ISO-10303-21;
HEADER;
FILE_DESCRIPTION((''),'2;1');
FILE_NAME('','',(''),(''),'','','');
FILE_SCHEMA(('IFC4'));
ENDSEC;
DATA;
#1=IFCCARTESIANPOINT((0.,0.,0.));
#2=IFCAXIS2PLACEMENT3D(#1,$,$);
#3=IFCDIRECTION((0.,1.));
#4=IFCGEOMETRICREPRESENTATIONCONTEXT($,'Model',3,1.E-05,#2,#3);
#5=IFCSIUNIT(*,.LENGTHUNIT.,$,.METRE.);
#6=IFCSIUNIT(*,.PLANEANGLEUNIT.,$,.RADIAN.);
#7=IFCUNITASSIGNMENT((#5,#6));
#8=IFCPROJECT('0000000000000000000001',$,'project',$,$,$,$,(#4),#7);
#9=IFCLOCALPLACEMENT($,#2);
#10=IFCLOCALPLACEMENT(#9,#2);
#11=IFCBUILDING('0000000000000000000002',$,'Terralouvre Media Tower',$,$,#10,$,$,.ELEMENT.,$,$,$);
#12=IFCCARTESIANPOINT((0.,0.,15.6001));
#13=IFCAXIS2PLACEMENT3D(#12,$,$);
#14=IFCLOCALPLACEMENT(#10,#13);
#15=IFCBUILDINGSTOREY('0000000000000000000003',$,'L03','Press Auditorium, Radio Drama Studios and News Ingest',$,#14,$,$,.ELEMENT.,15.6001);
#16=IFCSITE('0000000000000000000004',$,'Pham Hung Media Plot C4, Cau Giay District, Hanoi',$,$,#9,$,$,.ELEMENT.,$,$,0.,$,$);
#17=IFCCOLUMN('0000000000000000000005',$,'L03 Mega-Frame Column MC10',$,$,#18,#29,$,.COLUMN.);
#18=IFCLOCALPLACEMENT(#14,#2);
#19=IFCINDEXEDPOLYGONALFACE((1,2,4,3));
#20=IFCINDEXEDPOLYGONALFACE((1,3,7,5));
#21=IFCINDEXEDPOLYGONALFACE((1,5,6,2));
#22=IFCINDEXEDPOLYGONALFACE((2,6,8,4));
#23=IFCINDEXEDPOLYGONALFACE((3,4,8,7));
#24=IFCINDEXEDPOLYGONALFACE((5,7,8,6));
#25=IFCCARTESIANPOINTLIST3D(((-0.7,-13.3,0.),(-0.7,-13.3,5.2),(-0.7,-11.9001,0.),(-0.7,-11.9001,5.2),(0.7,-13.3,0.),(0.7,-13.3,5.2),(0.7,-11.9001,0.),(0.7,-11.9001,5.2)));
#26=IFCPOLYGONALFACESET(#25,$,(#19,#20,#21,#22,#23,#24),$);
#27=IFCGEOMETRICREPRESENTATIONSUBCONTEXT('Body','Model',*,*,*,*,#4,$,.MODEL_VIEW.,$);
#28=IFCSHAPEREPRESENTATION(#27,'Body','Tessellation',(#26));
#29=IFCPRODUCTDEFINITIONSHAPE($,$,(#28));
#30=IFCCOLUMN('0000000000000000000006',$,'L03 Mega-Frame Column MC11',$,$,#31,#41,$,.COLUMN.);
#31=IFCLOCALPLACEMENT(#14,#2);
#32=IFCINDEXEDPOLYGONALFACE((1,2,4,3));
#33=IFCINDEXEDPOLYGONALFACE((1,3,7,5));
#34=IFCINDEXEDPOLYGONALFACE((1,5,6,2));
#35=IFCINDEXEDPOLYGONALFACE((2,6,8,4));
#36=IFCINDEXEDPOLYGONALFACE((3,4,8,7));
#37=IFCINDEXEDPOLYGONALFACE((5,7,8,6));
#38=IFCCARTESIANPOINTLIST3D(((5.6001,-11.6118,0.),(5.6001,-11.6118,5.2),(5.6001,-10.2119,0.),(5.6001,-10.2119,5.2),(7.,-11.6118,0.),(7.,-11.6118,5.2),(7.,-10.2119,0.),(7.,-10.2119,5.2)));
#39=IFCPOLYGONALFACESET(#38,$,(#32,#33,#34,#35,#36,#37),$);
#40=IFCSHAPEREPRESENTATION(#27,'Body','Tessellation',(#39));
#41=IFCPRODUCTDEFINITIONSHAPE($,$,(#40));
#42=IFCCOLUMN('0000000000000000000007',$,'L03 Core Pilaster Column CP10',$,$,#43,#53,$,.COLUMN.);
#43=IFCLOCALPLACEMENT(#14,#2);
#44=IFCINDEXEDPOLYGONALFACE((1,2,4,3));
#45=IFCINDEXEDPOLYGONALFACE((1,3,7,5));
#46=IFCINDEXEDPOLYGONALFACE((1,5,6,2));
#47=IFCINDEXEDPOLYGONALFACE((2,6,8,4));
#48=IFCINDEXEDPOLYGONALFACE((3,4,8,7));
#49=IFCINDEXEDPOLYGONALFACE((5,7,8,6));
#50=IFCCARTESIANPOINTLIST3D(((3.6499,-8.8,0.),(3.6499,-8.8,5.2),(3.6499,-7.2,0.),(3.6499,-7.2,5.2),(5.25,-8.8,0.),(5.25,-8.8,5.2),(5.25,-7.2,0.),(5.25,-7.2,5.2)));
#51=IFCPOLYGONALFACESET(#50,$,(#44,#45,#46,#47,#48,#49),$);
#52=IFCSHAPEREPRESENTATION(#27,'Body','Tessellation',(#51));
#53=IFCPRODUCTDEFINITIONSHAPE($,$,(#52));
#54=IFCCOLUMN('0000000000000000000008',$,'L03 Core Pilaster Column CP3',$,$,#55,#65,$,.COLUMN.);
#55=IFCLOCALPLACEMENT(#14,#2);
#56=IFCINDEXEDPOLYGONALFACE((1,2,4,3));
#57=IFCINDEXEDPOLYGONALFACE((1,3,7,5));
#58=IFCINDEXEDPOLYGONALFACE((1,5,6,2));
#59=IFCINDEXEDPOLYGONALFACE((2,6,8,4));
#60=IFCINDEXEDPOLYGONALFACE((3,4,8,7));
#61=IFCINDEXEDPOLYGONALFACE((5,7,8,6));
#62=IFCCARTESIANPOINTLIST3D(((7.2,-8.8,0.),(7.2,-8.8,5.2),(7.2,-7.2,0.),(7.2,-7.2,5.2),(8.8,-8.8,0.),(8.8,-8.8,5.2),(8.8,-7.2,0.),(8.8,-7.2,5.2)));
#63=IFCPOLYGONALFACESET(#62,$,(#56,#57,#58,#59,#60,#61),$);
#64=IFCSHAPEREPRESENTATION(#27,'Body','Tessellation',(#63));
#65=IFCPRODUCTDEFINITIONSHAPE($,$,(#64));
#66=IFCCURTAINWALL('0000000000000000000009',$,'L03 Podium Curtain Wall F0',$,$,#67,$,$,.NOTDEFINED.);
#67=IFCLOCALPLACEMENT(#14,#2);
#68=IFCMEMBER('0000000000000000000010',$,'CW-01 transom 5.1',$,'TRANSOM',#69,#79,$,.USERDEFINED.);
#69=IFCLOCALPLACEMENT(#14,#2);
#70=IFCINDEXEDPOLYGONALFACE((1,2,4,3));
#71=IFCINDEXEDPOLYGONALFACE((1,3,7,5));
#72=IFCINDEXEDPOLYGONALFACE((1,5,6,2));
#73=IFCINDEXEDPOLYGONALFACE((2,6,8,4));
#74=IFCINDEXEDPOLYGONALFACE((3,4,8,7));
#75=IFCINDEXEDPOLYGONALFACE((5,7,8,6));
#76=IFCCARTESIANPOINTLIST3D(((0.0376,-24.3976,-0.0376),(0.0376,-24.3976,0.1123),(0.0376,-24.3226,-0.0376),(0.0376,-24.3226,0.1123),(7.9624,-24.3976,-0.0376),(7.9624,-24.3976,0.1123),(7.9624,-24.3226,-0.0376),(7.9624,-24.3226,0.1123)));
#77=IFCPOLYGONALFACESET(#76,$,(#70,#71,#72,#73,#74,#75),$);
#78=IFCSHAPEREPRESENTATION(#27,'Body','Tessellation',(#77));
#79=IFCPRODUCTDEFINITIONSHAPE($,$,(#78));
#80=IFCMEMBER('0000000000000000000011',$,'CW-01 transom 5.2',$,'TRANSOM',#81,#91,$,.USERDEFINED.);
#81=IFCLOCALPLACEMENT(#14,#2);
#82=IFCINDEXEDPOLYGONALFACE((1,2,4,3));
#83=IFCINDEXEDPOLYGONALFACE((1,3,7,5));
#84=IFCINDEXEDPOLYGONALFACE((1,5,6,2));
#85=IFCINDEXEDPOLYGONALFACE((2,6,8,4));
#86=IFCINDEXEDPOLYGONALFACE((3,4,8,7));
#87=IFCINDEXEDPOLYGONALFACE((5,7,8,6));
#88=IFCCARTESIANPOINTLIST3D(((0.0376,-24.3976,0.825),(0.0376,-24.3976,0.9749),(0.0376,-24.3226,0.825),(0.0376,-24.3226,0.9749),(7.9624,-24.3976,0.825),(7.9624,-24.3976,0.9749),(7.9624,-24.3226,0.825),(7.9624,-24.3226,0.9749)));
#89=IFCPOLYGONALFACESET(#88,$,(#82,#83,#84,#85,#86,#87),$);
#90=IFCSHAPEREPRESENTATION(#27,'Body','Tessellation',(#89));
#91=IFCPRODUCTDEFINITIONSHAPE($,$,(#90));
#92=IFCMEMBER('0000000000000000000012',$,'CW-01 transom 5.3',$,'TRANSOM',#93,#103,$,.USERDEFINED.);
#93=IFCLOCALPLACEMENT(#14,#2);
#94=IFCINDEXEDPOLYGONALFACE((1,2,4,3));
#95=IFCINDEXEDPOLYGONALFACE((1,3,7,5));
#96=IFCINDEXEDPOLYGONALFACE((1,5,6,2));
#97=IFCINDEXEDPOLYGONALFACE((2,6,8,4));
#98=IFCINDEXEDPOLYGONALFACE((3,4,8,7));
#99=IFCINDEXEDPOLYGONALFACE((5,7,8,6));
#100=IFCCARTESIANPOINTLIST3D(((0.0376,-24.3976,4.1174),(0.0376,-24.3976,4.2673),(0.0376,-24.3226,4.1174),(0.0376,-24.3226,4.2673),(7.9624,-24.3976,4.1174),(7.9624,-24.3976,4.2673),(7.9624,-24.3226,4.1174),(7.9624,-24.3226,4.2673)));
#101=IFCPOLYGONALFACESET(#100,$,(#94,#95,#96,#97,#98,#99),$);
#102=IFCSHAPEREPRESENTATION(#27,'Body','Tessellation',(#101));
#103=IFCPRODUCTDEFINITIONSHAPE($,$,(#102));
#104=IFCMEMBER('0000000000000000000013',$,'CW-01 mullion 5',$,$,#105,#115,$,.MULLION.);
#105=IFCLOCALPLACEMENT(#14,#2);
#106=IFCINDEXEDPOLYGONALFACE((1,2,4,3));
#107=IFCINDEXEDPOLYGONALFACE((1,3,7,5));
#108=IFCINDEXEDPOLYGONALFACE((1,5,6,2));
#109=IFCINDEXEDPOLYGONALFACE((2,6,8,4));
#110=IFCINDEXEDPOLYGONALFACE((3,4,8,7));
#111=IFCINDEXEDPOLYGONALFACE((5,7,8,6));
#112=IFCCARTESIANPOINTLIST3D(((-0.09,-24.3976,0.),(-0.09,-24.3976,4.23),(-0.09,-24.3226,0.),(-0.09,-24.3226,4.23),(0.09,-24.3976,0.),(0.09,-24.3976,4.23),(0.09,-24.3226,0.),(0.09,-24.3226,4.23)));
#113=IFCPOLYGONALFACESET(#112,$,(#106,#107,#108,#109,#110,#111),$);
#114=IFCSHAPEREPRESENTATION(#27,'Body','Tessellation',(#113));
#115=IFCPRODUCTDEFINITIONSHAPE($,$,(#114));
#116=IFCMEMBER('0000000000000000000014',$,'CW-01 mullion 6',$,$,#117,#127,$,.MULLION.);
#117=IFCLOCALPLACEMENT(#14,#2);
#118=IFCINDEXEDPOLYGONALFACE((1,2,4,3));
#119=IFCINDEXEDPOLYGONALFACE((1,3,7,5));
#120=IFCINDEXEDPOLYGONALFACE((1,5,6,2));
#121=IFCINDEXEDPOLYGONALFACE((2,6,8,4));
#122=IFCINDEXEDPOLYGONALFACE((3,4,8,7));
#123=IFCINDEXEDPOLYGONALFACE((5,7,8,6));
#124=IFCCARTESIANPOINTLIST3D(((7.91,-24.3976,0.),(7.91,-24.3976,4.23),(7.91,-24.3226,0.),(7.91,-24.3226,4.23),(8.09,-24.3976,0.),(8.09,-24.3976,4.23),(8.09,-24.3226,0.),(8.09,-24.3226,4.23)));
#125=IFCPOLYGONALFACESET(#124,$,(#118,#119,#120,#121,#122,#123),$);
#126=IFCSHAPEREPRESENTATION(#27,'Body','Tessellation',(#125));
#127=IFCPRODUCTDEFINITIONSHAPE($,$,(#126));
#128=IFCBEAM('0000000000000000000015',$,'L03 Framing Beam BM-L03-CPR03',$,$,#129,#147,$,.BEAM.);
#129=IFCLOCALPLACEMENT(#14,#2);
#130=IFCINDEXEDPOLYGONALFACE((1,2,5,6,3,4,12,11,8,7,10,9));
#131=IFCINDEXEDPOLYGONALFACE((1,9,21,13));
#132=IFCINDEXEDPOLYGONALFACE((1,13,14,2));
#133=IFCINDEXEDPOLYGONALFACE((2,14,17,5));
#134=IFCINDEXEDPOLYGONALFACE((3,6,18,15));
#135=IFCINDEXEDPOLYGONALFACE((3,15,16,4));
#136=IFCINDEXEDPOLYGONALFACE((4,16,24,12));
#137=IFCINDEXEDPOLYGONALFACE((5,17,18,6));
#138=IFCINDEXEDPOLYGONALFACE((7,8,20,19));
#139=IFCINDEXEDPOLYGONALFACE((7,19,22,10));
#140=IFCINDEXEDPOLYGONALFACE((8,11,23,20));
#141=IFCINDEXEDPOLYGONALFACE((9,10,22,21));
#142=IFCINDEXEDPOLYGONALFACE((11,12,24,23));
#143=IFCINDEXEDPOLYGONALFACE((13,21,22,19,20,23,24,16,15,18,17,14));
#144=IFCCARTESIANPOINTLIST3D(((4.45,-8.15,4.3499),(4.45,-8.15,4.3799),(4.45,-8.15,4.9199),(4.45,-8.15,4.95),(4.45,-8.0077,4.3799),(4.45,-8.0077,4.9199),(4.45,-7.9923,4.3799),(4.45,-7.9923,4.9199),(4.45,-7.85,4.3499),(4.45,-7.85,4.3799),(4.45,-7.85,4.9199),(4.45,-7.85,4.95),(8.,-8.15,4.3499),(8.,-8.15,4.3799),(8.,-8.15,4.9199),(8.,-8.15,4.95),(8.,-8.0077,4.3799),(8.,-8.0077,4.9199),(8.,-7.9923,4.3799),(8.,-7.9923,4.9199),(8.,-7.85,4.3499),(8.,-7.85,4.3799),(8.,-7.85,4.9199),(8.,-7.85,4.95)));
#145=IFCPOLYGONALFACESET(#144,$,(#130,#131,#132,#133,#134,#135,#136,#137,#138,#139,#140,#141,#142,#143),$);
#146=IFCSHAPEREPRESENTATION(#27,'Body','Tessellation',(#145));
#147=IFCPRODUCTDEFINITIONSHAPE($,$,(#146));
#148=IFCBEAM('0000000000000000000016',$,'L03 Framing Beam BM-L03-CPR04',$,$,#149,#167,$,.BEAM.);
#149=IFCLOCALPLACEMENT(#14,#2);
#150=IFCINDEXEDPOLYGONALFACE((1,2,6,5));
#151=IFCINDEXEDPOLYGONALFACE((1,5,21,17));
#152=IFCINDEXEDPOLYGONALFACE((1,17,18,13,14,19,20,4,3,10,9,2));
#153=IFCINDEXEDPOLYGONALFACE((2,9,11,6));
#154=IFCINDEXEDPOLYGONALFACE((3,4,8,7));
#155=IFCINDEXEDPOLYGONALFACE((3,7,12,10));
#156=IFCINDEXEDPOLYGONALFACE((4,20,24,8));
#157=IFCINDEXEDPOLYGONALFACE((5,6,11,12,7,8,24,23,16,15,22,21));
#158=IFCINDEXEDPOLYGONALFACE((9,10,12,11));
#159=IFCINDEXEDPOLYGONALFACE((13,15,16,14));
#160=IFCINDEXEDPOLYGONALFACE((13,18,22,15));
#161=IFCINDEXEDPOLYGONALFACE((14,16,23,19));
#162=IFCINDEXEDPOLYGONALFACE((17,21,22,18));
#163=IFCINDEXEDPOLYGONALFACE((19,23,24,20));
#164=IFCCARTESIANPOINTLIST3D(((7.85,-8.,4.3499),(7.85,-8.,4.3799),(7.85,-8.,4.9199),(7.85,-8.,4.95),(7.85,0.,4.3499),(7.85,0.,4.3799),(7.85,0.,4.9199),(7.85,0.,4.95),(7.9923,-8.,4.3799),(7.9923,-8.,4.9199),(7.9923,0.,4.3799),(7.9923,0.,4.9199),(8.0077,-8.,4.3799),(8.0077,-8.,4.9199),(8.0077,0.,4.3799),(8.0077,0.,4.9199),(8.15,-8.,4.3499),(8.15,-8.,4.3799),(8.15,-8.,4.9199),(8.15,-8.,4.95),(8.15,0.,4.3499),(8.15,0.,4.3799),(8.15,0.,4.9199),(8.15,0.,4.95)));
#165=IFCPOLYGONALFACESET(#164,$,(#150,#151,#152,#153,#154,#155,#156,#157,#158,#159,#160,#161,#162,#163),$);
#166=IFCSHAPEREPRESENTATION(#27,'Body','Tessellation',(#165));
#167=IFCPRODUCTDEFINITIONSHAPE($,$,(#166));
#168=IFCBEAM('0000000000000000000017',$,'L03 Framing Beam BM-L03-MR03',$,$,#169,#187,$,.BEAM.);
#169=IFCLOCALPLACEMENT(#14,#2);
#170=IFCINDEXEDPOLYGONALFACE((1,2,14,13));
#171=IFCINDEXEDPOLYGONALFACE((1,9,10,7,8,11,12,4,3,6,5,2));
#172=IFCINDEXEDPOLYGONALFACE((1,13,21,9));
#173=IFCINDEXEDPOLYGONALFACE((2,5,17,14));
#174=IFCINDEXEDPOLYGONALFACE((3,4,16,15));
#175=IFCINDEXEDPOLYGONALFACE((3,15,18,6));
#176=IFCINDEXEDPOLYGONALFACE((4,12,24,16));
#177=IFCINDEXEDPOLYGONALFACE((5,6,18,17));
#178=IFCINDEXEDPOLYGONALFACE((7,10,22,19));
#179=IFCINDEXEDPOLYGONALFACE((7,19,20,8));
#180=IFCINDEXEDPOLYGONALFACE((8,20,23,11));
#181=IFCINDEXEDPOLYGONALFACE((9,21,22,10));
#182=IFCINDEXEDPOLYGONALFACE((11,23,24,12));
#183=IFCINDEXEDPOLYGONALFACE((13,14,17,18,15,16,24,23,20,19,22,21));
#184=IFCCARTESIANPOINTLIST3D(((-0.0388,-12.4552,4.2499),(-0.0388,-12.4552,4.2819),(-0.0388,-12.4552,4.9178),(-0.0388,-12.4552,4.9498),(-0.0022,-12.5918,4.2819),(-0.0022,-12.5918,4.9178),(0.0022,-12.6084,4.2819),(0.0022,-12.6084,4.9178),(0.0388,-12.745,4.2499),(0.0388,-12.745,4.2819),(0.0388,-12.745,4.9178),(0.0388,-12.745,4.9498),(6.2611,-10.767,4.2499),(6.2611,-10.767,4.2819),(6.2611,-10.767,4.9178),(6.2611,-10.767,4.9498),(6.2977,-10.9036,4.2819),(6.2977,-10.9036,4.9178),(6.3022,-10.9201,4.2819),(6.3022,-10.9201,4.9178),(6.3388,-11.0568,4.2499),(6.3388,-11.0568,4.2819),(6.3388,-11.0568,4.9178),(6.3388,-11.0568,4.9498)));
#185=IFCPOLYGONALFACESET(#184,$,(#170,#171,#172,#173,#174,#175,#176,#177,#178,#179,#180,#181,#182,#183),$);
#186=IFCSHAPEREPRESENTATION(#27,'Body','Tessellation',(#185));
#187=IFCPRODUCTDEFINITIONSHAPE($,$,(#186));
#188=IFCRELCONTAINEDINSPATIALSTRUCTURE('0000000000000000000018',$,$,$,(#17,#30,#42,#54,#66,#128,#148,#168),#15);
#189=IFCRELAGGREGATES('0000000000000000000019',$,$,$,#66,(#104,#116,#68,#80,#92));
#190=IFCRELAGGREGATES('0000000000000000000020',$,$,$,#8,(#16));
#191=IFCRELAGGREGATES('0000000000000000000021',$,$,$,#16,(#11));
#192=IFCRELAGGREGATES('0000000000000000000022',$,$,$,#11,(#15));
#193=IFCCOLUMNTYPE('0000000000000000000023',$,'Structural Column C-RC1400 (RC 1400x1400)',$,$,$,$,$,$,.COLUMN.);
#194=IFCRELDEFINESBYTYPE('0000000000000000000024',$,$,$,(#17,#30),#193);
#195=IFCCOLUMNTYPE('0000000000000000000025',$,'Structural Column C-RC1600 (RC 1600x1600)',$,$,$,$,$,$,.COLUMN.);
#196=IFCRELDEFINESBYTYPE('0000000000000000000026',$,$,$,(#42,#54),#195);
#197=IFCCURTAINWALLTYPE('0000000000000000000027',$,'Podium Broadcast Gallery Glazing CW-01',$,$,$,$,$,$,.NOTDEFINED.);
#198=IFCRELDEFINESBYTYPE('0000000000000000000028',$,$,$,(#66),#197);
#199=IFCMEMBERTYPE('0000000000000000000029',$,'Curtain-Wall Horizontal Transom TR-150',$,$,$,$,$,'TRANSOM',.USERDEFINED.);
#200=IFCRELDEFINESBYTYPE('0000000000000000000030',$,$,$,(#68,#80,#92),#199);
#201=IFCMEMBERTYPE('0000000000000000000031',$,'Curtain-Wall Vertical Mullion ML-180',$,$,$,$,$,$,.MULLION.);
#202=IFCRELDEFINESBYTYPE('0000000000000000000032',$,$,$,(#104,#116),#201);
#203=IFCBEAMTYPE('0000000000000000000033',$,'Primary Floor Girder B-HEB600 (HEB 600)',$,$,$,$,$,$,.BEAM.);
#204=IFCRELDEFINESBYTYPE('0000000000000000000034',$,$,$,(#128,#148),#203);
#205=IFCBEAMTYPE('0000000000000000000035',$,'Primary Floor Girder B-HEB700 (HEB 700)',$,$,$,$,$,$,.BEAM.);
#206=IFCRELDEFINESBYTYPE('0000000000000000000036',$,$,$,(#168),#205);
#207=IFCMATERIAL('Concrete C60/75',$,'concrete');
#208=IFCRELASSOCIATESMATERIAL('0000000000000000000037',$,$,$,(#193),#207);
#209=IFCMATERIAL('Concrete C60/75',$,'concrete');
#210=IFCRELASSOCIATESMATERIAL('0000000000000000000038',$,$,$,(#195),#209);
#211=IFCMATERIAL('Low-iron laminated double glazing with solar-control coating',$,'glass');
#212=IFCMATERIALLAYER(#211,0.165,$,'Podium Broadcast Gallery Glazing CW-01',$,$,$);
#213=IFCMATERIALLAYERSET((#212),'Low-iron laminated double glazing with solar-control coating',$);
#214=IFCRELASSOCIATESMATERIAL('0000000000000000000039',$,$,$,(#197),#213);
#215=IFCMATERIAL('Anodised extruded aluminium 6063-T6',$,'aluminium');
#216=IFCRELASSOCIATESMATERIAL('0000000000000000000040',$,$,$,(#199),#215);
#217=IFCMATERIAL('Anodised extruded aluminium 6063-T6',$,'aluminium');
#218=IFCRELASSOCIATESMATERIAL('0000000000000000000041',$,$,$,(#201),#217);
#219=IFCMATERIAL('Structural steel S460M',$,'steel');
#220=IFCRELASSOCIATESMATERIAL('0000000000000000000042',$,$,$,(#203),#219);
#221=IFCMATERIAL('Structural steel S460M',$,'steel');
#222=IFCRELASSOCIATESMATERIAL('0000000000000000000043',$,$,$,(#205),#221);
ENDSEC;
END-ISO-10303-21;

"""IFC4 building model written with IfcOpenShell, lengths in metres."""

from ifc_helpers import new_model, si_unit, direction, frame, origin, origin_2d, place, context, subcontext, project, spatial, rectangle, i_section, extrude, material, layer, layer_set, material_profile, profile_set, type_object, element, aggregate, save


model = new_model("IFC4")

# Units and contexts
model_context = context("Model", 3, precision=1e-05, world=origin(), true_north=direction((0.0, 1.0)))
body_context = subcontext(model_context, "Body", "Model", "MODEL_VIEW")
ifc_project = project(units=[si_unit("LENGTHUNIT", "METRE"), si_unit("PLANEANGLEUNIT", "RADIAN")], contexts=[model_context])

# Site, building, storey
site_placement = place(None, origin())
site = spatial("IfcSite", under=ifc_project, at=site_placement, Name="Pham Hung Media Plot C4, Cau Giay District, Hanoi", CompositionType="ELEMENT", RefElevation=0.0)
building_placement = place(site_placement, origin())
building = spatial("IfcBuilding", under=site, at=building_placement, Name="Terralouvre Media Tower", CompositionType="ELEMENT")
storey_placement = place(building_placement, frame((0.0, 0.0, 15.6001)))
storey = spatial("IfcBuildingStorey", under=building, at=storey_placement, Name="L03", Description="Press Auditorium, Radio Drama Studios and News Ingest", CompositionType="ELEMENT", Elevation=15.6001)

# Columns
ifc_material_1 = material(Name="Concrete C60/75", Category="concrete")
ifc_material_profile_1 = material_profile(ifc_material_1, rectangle(XDim=1.3999, YDim=1.3999, at=origin_2d()), Name="RC 1400x1400")
ifc_profile_set_1 = profile_set([ifc_material_profile_1], Name="Concrete C60/75")
column_type_1 = type_object("IfcColumnType", Name="Structural Column C-RC1400 (RC 1400x1400)", PredefinedType="COLUMN", material=ifc_profile_set_1)
for number, where, z_axis, x_axis, name in (
    (1, (0.0, -12.6001, 0.0), (0.0, 0.0, 1.0), (1.0, 0.0, 0.0), "L03 Mega-Frame Column MC10"),
    (2, (6.3, -10.9119, 0.0), (0.0, 0.0, 1.0), (1.0, 0.0, 0.0), "L03 Mega-Frame Column MC11"),
):
    element("IfcColumn", number, at=place(storey_placement, frame(where, z_axis=z_axis, x_axis=x_axis)), inside=storey, type_object=column_type_1, Name=name, PredefinedType="COLUMN", context=body_context, shape_type="SweptSolid", body=[
        extrude(rectangle(XDim=1.3999, YDim=1.3999, at=origin_2d()), origin(), (0.0, 0.0, 1.0), 5.2),
    ])
ifc_material_2 = material(Name="Concrete C60/75", Category="concrete")
ifc_material_profile_2 = material_profile(ifc_material_2, rectangle(XDim=1.6001, YDim=1.6001, at=origin_2d()), Name="RC 1600x1600")
ifc_profile_set_2 = profile_set([ifc_material_profile_2], Name="Concrete C60/75")
column_type_2 = type_object("IfcColumnType", Name="Structural Column C-RC1600 (RC 1600x1600)", PredefinedType="COLUMN", material=ifc_profile_set_2)
for number, where, z_axis, x_axis, name in (
    (3, (4.45, -8.0, 0.0), (0.0, 0.0, 1.0), (1.0, 0.0, 0.0), "L03 Core Pilaster Column CP10"),
    (4, (8.0, -8.0, 0.0), (0.0, 0.0, 1.0), (1.0, 0.0, 0.0), "L03 Core Pilaster Column CP3"),
):
    element("IfcColumn", number, at=place(storey_placement, frame(where, z_axis=z_axis, x_axis=x_axis)), inside=storey, type_object=column_type_2, Name=name, PredefinedType="COLUMN", context=body_context, shape_type="SweptSolid", body=[
        extrude(rectangle(XDim=1.6001, YDim=1.6001, at=origin_2d()), origin(), (0.0, 0.0, 1.0), 5.2),
    ])

# Curtain wall, members
ifc_material_3 = material(Name="Low-iron laminated double glazing with solar-control coating", Category="glass")
ifc_layer_1 = layer(ifc_material_3, 0.165, Name="Podium Broadcast Gallery Glazing CW-01")
ifc_layer_set_1 = layer_set([ifc_layer_1], Name="Low-iron laminated double glazing with solar-control coating")
curtain_wall_type = type_object("IfcCurtainWallType", Name="Podium Broadcast Gallery Glazing CW-01", PredefinedType="NOTDEFINED", material=ifc_layer_set_1)
curtain_wall_placement = place(storey_placement, origin())
curtain_wall = element("IfcCurtainWall", 5, at=curtain_wall_placement, inside=storey, type_object=curtain_wall_type, Name="L03 Podium Curtain Wall F0", PredefinedType="NOTDEFINED")
ifc_material_4 = material(Name="Anodised extruded aluminium 6063-T6", Category="aluminium")
ifc_material_profile_3 = material_profile(ifc_material_4, rectangle(XDim=0.075, YDim=0.1499, at=origin_2d()), Name="ALU 75x150")
ifc_profile_set_3 = profile_set([ifc_material_profile_3], Name="Anodised extruded aluminium 6063-T6")
member_type_1 = type_object("IfcMemberType", Name="Curtain-Wall Horizontal Transom TR-150", ElementType="TRANSOM", PredefinedType="USERDEFINED", material=ifc_profile_set_3)
member_1_placement = place(storey_placement, frame((0.0376, -24.3601, 0.0374), z_axis=(1.0, 0.0, 0.0), x_axis=(0.0, 1.0, 0.0)))
member_1 = element("IfcMember", 6, at=member_1_placement, type_object=member_type_1, Name="CW-01 transom 5.1", ObjectType="TRANSOM", PredefinedType="USERDEFINED", context=body_context, shape_type="SweptSolid", body=[
    extrude(rectangle(XDim=0.075, YDim=0.1499, at=origin_2d()), origin(), (0.0, 0.0, 1.0), 7.9248),
])
member_2_placement = place(storey_placement, frame((0.0376, -24.3601, 0.8999), z_axis=(1.0, 0.0, 0.0), x_axis=(0.0, 1.0, 0.0)))
member_2 = element("IfcMember", 7, at=member_2_placement, type_object=member_type_1, Name="CW-01 transom 5.2", ObjectType="TRANSOM", PredefinedType="USERDEFINED", context=body_context, shape_type="SweptSolid", body=[
    extrude(rectangle(XDim=0.075, YDim=0.1499, at=origin_2d()), origin(), (0.0, 0.0, 1.0), 7.9248),
])
member_3_placement = place(storey_placement, frame((0.0376, -24.3601, 4.1924), z_axis=(1.0, 0.0, 0.0), x_axis=(0.0, 1.0, 0.0)))
member_3 = element("IfcMember", 8, at=member_3_placement, type_object=member_type_1, Name="CW-01 transom 5.3", ObjectType="TRANSOM", PredefinedType="USERDEFINED", context=body_context, shape_type="SweptSolid", body=[
    extrude(rectangle(XDim=0.075, YDim=0.1499, at=origin_2d()), origin(), (0.0, 0.0, 1.0), 7.9248),
])
ifc_material_5 = material(Name="Anodised extruded aluminium 6063-T6", Category="aluminium")
ifc_material_profile_4 = material_profile(ifc_material_5, rectangle(XDim=0.075, YDim=0.1799, at=origin_2d()), Name="ALU 75x180")
ifc_profile_set_4 = profile_set([ifc_material_profile_4], Name="Anodised extruded aluminium 6063-T6")
member_type_2 = type_object("IfcMemberType", Name="Curtain-Wall Vertical Mullion ML-180", PredefinedType="MULLION", material=ifc_profile_set_4)
member_4_placement = place(storey_placement, frame((0.0, -24.3601, 0.0), z_axis=(0.0, 0.0, 1.0), x_axis=(0.0, 1.0, 0.0)))
member_4 = element("IfcMember", 9, at=member_4_placement, type_object=member_type_2, Name="CW-01 mullion 5", PredefinedType="MULLION", context=body_context, shape_type="SweptSolid", body=[
    extrude(rectangle(XDim=0.075, YDim=0.1799, at=origin_2d()), origin(), (0.0, 0.0, 1.0), 4.23),
])
member_5_placement = place(storey_placement, frame((8.0, -24.3601, 0.0), z_axis=(0.0, 0.0, 1.0), x_axis=(0.0, 1.0, 0.0)))
member_5 = element("IfcMember", 10, at=member_5_placement, type_object=member_type_2, Name="CW-01 mullion 6", PredefinedType="MULLION", context=body_context, shape_type="SweptSolid", body=[
    extrude(rectangle(XDim=0.075, YDim=0.1799, at=origin_2d()), origin(), (0.0, 0.0, 1.0), 4.23),
])

# Beams
ifc_material_6 = material(Name="Structural steel S460M", Category="steel")
ifc_material_profile_5 = material_profile(ifc_material_6, i_section(OverallWidth=0.3, OverallDepth=0.6001, WebThickness=0.0154, FlangeThickness=0.03, at=origin_2d()), Name="HEB 600")
ifc_profile_set_5 = profile_set([ifc_material_profile_5], Name="Structural steel S460M")
beam_type_1 = type_object("IfcBeamType", Name="Primary Floor Girder B-HEB600 (HEB 600)", PredefinedType="BEAM", material=ifc_profile_set_5)
beam_1_placement = place(storey_placement, frame((4.45, -8.0, 4.6499), z_axis=(1.0, 0.0, 0.0), x_axis=(0.0, 1.0, 0.0)))
element("IfcBeam", 11, at=beam_1_placement, inside=storey, type_object=beam_type_1, Name="L03 Framing Beam BM-L03-CPR03", PredefinedType="BEAM", context=body_context, shape_type="SweptSolid", body=[
    extrude(i_section(OverallWidth=0.3, OverallDepth=0.6001, WebThickness=0.0154, FlangeThickness=0.03, at=origin_2d()), origin(), (0.0, 0.0, 1.0), 3.55),
])
beam_2_placement = place(storey_placement, frame((8.0, -8.0, 4.6499), z_axis=(0.0, 1.0, 0.0), x_axis=(-1.0, 0.0, 0.0)))
element("IfcBeam", 12, at=beam_2_placement, inside=storey, type_object=beam_type_1, Name="L03 Framing Beam BM-L03-CPR04", PredefinedType="BEAM", context=body_context, shape_type="SweptSolid", body=[
    extrude(i_section(OverallWidth=0.3, OverallDepth=0.6001, WebThickness=0.0154, FlangeThickness=0.03, at=origin_2d()), origin(), (0.0, 0.0, 1.0), 8.0),
])
ifc_material_7 = material(Name="Structural steel S460M", Category="steel")
ifc_material_profile_6 = material_profile(ifc_material_7, i_section(OverallWidth=0.3, OverallDepth=0.7, WebThickness=0.0171, FlangeThickness=0.032, at=origin_2d()), Name="HEB 700")
ifc_profile_set_6 = profile_set([ifc_material_profile_6], Name="Structural steel S460M")
beam_type_2 = type_object("IfcBeamType", Name="Primary Floor Girder B-HEB700 (HEB 700)", PredefinedType="BEAM", material=ifc_profile_set_6)
beam_3_placement = place(storey_placement, frame((0.0, -12.6001, 4.5999), z_axis=(0.96592, 0.258839, 0.0), x_axis=(-0.258839, 0.96592, 0.0)))
element("IfcBeam", 13, at=beam_3_placement, inside=storey, type_object=beam_type_2, Name="L03 Framing Beam BM-L03-MR03", PredefinedType="BEAM", context=body_context, shape_type="SweptSolid", body=[
    extrude(i_section(OverallWidth=0.3, OverallDepth=0.7, WebThickness=0.0171, FlangeThickness=0.032, at=origin_2d()), origin(), (0.0, 0.0, 1.0), 6.5222),
])

aggregate(curtain_wall, [member_4, member_5, member_1, member_2, member_3])

save(model, "model.ifc")
